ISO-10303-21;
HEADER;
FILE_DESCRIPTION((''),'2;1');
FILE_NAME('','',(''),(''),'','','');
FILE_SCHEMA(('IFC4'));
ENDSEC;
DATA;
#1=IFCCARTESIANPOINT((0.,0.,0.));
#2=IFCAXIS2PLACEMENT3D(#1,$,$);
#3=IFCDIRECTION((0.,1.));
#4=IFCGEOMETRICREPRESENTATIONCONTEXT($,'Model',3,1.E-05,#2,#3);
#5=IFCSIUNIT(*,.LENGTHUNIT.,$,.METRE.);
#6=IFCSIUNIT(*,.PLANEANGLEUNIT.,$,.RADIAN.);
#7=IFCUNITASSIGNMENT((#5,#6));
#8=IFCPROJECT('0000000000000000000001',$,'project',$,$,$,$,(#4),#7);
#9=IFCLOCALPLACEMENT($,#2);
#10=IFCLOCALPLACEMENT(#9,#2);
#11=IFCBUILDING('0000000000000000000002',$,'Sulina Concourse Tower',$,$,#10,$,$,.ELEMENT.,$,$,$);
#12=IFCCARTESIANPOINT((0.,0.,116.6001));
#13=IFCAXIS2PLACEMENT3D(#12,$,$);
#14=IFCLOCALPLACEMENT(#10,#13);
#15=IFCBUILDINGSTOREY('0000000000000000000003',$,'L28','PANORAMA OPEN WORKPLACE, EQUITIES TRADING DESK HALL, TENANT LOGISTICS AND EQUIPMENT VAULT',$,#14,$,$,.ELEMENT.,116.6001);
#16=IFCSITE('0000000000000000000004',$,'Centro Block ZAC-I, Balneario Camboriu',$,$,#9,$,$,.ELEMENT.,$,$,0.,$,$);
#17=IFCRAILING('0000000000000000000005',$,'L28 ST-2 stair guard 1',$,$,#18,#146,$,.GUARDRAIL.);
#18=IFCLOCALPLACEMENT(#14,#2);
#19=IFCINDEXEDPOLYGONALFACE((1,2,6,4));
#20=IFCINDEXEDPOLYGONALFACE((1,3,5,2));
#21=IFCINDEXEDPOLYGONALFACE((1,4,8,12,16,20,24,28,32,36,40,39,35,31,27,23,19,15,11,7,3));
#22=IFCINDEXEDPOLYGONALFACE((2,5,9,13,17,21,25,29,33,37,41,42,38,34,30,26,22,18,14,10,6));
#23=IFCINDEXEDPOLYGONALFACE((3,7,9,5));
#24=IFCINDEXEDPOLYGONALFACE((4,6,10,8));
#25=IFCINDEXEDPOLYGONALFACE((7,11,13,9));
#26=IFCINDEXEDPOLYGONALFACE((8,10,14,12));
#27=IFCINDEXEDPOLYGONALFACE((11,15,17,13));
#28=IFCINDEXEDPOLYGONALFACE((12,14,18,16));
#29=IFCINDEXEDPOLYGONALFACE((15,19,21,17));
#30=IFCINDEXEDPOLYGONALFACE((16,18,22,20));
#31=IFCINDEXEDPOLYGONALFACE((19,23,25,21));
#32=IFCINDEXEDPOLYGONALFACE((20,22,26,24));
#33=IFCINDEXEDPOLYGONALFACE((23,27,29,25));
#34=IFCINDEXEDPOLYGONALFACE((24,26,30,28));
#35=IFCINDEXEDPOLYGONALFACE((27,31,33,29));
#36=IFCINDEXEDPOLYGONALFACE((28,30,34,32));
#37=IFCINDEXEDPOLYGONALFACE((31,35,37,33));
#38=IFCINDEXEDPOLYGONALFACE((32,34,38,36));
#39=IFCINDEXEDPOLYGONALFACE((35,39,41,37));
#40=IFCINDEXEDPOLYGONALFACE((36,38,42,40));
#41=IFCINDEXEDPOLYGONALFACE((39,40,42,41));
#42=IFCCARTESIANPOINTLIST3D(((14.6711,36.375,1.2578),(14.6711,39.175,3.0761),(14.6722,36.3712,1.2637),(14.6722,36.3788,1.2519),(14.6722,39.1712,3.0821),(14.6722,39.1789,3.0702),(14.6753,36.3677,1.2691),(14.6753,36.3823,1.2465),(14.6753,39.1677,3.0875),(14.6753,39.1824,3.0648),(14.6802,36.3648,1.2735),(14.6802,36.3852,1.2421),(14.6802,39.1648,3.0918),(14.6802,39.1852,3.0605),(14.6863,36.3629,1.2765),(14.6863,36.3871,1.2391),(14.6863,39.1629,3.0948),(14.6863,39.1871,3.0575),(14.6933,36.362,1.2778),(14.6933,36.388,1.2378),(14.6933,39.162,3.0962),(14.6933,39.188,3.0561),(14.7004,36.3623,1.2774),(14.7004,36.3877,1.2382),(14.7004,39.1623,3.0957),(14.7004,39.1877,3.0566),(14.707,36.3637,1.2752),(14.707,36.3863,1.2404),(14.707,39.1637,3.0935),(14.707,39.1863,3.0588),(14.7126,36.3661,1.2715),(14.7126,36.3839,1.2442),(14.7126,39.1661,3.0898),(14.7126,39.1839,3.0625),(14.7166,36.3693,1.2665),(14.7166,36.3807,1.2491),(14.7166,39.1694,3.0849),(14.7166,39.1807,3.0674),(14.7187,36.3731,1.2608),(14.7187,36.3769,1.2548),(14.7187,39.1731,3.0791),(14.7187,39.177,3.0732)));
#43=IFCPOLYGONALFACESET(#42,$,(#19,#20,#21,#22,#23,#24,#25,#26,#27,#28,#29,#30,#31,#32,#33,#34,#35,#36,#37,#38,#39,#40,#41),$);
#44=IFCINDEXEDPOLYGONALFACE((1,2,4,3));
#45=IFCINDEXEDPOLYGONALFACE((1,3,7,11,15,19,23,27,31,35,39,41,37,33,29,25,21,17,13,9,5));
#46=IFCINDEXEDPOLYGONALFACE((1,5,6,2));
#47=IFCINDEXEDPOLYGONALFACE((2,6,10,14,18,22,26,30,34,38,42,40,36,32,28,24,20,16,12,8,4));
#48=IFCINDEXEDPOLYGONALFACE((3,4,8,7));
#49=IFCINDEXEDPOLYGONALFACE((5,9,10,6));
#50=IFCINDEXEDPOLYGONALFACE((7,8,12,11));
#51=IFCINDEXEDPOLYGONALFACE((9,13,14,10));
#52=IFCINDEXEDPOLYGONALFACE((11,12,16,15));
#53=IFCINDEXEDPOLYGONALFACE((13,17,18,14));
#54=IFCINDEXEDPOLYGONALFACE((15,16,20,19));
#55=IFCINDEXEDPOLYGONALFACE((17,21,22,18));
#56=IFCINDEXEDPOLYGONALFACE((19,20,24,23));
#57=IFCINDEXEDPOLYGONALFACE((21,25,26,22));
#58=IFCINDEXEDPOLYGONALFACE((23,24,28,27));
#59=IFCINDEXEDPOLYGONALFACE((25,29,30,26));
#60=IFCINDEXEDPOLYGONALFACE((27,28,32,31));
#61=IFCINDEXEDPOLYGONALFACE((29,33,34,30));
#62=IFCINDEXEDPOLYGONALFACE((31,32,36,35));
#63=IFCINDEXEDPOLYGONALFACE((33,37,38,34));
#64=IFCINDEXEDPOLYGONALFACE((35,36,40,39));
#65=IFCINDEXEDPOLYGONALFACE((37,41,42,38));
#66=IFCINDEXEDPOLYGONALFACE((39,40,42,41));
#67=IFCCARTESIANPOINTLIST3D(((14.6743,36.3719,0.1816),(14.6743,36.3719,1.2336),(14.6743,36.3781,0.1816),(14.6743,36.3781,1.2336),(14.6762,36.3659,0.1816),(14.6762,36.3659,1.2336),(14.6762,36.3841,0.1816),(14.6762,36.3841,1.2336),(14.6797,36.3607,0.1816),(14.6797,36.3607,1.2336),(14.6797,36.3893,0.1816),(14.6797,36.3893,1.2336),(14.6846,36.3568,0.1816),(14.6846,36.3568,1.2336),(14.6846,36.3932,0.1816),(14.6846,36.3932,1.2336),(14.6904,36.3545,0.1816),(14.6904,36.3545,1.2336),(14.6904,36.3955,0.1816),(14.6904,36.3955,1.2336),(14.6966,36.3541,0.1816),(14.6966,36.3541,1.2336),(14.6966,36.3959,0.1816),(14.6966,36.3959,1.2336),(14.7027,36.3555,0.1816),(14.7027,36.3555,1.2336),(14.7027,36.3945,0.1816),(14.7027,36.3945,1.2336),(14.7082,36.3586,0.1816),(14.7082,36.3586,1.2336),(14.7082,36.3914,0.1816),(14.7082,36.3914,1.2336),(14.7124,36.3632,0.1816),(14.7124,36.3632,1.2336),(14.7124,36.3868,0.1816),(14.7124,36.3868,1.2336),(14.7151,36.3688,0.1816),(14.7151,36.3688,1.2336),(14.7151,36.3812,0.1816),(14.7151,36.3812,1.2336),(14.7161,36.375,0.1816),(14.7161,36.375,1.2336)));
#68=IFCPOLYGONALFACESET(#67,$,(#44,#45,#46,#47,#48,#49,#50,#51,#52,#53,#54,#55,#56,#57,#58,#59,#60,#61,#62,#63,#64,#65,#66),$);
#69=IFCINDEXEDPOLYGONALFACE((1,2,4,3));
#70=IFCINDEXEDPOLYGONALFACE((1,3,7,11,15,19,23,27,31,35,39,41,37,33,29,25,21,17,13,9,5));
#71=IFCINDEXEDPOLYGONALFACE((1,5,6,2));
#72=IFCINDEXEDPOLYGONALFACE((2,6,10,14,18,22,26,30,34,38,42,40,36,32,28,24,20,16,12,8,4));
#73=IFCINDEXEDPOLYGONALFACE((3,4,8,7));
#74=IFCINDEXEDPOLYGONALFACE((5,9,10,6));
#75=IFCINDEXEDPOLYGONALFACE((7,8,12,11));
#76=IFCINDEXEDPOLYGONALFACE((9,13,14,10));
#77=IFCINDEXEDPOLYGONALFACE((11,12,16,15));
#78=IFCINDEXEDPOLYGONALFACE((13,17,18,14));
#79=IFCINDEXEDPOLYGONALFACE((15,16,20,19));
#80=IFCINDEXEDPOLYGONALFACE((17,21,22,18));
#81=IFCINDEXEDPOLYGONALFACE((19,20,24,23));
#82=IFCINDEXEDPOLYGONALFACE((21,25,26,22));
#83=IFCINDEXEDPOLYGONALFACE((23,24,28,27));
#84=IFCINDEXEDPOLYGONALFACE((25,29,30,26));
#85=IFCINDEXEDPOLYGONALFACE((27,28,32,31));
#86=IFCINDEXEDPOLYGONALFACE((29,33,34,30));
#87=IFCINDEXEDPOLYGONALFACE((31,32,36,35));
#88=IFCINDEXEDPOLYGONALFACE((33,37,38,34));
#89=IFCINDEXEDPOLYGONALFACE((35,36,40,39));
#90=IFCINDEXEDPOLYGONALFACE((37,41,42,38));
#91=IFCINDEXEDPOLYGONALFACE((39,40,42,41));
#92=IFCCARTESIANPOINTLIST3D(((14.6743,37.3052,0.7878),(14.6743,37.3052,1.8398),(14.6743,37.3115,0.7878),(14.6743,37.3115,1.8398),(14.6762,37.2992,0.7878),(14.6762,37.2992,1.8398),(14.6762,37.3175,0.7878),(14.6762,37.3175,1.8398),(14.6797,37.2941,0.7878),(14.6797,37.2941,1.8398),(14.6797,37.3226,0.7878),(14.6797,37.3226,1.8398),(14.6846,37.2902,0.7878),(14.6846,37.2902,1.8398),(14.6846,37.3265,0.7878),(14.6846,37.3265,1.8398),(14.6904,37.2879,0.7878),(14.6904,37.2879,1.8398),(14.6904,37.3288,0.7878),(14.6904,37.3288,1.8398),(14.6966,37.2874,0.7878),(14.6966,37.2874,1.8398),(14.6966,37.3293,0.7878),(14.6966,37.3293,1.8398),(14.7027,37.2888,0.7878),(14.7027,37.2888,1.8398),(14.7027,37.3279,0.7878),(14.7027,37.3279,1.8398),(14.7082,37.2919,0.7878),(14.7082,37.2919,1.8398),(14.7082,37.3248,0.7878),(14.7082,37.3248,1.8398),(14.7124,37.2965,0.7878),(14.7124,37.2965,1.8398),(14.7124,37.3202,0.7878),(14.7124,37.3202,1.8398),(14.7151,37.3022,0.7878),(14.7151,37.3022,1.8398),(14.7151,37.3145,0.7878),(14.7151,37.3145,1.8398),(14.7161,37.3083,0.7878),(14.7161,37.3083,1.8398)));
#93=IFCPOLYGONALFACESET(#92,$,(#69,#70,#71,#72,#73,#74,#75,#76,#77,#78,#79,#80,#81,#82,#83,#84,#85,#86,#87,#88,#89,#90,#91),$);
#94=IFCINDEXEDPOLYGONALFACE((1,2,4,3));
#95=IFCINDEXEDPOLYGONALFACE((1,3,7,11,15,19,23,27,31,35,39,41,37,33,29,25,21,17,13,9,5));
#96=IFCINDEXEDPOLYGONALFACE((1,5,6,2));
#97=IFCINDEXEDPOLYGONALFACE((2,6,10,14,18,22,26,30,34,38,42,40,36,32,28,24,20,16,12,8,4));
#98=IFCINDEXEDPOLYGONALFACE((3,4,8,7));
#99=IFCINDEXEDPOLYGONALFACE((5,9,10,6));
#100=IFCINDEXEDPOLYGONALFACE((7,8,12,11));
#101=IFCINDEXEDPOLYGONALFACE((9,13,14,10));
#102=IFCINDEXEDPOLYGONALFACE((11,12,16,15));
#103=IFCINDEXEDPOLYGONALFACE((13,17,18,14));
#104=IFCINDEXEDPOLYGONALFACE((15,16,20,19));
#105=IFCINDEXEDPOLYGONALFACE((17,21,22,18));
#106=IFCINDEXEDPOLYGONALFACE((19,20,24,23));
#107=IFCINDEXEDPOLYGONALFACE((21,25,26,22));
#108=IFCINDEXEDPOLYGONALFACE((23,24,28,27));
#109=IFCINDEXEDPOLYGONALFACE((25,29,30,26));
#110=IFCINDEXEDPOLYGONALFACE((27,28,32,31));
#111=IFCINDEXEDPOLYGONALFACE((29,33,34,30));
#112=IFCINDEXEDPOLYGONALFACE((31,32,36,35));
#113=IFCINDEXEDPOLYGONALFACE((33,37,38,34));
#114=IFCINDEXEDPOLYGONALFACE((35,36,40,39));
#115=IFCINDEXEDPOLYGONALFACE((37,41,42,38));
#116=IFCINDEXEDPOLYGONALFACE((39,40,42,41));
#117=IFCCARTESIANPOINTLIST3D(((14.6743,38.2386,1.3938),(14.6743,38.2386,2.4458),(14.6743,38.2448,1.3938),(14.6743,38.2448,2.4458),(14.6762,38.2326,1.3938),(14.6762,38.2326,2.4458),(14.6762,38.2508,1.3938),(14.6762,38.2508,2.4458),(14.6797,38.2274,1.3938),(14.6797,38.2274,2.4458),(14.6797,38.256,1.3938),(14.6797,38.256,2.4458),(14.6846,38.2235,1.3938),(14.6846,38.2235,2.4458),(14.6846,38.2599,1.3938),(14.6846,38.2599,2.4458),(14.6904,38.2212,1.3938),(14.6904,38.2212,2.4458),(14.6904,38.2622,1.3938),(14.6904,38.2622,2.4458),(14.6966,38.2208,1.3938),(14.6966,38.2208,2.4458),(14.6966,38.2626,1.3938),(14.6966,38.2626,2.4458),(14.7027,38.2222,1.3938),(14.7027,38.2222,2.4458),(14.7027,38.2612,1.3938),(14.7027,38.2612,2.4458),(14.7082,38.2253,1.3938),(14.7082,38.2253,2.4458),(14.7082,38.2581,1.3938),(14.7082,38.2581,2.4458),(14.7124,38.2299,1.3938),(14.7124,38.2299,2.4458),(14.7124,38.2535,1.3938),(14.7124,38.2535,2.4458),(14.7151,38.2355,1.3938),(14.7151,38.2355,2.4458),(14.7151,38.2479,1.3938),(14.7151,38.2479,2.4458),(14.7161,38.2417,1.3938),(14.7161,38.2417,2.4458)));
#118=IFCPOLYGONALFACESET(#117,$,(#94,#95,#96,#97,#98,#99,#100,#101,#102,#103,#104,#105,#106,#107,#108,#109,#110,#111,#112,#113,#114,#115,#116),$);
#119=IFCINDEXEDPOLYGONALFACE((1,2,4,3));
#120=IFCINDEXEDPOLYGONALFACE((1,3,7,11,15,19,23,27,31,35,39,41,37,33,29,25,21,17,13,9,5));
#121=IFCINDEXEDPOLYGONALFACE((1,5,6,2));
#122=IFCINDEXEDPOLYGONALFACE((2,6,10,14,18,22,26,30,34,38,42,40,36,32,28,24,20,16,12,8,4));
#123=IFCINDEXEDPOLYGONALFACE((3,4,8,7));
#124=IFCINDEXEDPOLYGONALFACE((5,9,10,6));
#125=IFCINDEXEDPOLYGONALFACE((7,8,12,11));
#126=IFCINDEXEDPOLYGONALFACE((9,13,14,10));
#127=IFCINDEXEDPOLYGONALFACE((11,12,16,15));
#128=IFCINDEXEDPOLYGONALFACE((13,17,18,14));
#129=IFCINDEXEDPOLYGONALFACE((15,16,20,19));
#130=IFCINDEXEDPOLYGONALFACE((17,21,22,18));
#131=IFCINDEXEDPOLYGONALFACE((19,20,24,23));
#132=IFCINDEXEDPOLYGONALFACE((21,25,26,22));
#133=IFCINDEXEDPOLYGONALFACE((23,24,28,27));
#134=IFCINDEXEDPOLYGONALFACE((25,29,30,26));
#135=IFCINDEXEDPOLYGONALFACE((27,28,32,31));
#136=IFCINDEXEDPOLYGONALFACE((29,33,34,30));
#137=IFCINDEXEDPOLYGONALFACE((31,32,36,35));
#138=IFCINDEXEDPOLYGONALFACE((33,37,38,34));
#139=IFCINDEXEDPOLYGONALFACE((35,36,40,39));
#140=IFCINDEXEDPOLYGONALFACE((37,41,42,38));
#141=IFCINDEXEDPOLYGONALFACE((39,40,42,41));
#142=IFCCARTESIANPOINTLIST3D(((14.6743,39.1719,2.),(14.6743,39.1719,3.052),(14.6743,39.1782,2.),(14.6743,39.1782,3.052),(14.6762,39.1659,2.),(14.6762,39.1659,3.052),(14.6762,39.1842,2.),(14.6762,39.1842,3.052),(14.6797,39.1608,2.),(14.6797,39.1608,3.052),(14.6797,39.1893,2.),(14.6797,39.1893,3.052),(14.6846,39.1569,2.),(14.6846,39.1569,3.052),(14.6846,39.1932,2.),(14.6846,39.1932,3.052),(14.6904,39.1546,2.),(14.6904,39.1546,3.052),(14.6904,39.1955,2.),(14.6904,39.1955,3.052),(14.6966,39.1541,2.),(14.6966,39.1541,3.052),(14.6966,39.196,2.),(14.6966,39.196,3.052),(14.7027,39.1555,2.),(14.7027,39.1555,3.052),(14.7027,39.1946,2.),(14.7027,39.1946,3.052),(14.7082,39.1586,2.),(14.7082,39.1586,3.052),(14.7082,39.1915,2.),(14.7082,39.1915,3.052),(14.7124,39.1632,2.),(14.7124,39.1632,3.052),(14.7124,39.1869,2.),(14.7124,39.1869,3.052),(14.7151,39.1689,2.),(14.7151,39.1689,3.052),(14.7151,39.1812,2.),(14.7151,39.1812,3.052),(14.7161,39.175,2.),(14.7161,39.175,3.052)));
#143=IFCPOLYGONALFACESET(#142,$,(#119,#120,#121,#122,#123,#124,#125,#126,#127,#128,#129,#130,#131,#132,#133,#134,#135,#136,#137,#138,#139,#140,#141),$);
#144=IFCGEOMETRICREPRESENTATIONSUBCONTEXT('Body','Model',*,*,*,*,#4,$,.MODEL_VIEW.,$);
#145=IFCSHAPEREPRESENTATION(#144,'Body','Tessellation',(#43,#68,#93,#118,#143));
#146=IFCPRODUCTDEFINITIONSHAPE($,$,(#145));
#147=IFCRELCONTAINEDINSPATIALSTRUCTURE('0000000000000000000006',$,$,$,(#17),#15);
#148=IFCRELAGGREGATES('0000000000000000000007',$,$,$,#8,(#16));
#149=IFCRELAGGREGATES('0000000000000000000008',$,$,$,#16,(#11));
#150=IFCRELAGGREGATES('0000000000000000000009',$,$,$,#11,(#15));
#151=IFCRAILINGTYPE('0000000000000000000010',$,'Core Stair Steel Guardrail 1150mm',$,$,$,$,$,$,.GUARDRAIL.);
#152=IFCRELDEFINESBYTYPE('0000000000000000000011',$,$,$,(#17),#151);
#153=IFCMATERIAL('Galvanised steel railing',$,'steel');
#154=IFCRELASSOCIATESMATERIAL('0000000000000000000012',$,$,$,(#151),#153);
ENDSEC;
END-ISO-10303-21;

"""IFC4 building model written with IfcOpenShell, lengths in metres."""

from ifc_helpers import new_model, si_unit, direction, frame, origin, origin_2d, place, context, subcontext, project, spatial, circle, extrude, material, type_object, element, save


model = new_model("IFC4")

# Units and contexts
model_context = context("Model", 3, precision=1e-05, world=origin(), true_north=direction((0.0, 1.0)))
body_context = subcontext(model_context, "Body", "Model", "MODEL_VIEW")
ifc_project = project(units=[si_unit("LENGTHUNIT", "METRE"), si_unit("PLANEANGLEUNIT", "RADIAN")], contexts=[model_context])

# Site, building, storey
site_placement = place(None, origin())
site = spatial("IfcSite", under=ifc_project, at=site_placement, Name="Centro Block ZAC-I, Balneario Camboriu", CompositionType="ELEMENT", RefElevation=0.0)
building_placement = place(site_placement, origin())
building = spatial("IfcBuilding", under=site, at=building_placement, Name="Sulina Concourse Tower", CompositionType="ELEMENT")
storey_placement = place(building_placement, frame((0.0, 0.0, 116.6001)))
storey = spatial("IfcBuildingStorey", under=building, at=storey_placement, Name="L28", Description="PANORAMA OPEN WORKPLACE, EQUITIES TRADING DESK HALL, TENANT LOGISTICS AND EQUIPMENT VAULT", CompositionType="ELEMENT", Elevation=116.6001)

# Railing
ifc_material_1 = material(Name="Galvanised steel railing", Category="steel")
railing_type_1 = type_object("IfcRailingType", Name="Core Stair Steel Guardrail 1150mm", PredefinedType="GUARDRAIL", material=ifc_material_1)
railing_1_placement = place(storey_placement, frame((14.6951, 36.375, 0.1816)))
element("IfcRailing", 1, at=railing_1_placement, inside=storey, type_object=railing_type_1, Name="L28 ST-2 stair guard 1", PredefinedType="GUARDRAIL", context=body_context, shape_type="SweptSolid", body=[
    extrude(circle(Radius=0.0239, at=origin_2d()), frame((0.0, 0.0, 1.0762), z_axis=(0.0, 0.838672, 0.544636), x_axis=(-1.0, 0.0, 0.0)), (0.0, 0.0, 1.0), 3.3386),
    extrude(circle(Radius=0.021, at=origin_2d()), origin(), (0.0, 0.0, 1.0), 1.052),
    extrude(circle(Radius=0.021, at=origin_2d()), frame((0.0, 0.9333, 0.6062)), (0.0, 0.0, 1.0), 1.052),
    extrude(circle(Radius=0.021, at=origin_2d()), frame((0.0, 1.8667, 1.2122)), (0.0, 0.0, 1.0), 1.052),
    extrude(circle(Radius=0.021, at=origin_2d()), frame((0.0, 2.8, 1.8184)), (0.0, 0.0, 1.0), 1.052),
])

save(model, "model.ifc")
